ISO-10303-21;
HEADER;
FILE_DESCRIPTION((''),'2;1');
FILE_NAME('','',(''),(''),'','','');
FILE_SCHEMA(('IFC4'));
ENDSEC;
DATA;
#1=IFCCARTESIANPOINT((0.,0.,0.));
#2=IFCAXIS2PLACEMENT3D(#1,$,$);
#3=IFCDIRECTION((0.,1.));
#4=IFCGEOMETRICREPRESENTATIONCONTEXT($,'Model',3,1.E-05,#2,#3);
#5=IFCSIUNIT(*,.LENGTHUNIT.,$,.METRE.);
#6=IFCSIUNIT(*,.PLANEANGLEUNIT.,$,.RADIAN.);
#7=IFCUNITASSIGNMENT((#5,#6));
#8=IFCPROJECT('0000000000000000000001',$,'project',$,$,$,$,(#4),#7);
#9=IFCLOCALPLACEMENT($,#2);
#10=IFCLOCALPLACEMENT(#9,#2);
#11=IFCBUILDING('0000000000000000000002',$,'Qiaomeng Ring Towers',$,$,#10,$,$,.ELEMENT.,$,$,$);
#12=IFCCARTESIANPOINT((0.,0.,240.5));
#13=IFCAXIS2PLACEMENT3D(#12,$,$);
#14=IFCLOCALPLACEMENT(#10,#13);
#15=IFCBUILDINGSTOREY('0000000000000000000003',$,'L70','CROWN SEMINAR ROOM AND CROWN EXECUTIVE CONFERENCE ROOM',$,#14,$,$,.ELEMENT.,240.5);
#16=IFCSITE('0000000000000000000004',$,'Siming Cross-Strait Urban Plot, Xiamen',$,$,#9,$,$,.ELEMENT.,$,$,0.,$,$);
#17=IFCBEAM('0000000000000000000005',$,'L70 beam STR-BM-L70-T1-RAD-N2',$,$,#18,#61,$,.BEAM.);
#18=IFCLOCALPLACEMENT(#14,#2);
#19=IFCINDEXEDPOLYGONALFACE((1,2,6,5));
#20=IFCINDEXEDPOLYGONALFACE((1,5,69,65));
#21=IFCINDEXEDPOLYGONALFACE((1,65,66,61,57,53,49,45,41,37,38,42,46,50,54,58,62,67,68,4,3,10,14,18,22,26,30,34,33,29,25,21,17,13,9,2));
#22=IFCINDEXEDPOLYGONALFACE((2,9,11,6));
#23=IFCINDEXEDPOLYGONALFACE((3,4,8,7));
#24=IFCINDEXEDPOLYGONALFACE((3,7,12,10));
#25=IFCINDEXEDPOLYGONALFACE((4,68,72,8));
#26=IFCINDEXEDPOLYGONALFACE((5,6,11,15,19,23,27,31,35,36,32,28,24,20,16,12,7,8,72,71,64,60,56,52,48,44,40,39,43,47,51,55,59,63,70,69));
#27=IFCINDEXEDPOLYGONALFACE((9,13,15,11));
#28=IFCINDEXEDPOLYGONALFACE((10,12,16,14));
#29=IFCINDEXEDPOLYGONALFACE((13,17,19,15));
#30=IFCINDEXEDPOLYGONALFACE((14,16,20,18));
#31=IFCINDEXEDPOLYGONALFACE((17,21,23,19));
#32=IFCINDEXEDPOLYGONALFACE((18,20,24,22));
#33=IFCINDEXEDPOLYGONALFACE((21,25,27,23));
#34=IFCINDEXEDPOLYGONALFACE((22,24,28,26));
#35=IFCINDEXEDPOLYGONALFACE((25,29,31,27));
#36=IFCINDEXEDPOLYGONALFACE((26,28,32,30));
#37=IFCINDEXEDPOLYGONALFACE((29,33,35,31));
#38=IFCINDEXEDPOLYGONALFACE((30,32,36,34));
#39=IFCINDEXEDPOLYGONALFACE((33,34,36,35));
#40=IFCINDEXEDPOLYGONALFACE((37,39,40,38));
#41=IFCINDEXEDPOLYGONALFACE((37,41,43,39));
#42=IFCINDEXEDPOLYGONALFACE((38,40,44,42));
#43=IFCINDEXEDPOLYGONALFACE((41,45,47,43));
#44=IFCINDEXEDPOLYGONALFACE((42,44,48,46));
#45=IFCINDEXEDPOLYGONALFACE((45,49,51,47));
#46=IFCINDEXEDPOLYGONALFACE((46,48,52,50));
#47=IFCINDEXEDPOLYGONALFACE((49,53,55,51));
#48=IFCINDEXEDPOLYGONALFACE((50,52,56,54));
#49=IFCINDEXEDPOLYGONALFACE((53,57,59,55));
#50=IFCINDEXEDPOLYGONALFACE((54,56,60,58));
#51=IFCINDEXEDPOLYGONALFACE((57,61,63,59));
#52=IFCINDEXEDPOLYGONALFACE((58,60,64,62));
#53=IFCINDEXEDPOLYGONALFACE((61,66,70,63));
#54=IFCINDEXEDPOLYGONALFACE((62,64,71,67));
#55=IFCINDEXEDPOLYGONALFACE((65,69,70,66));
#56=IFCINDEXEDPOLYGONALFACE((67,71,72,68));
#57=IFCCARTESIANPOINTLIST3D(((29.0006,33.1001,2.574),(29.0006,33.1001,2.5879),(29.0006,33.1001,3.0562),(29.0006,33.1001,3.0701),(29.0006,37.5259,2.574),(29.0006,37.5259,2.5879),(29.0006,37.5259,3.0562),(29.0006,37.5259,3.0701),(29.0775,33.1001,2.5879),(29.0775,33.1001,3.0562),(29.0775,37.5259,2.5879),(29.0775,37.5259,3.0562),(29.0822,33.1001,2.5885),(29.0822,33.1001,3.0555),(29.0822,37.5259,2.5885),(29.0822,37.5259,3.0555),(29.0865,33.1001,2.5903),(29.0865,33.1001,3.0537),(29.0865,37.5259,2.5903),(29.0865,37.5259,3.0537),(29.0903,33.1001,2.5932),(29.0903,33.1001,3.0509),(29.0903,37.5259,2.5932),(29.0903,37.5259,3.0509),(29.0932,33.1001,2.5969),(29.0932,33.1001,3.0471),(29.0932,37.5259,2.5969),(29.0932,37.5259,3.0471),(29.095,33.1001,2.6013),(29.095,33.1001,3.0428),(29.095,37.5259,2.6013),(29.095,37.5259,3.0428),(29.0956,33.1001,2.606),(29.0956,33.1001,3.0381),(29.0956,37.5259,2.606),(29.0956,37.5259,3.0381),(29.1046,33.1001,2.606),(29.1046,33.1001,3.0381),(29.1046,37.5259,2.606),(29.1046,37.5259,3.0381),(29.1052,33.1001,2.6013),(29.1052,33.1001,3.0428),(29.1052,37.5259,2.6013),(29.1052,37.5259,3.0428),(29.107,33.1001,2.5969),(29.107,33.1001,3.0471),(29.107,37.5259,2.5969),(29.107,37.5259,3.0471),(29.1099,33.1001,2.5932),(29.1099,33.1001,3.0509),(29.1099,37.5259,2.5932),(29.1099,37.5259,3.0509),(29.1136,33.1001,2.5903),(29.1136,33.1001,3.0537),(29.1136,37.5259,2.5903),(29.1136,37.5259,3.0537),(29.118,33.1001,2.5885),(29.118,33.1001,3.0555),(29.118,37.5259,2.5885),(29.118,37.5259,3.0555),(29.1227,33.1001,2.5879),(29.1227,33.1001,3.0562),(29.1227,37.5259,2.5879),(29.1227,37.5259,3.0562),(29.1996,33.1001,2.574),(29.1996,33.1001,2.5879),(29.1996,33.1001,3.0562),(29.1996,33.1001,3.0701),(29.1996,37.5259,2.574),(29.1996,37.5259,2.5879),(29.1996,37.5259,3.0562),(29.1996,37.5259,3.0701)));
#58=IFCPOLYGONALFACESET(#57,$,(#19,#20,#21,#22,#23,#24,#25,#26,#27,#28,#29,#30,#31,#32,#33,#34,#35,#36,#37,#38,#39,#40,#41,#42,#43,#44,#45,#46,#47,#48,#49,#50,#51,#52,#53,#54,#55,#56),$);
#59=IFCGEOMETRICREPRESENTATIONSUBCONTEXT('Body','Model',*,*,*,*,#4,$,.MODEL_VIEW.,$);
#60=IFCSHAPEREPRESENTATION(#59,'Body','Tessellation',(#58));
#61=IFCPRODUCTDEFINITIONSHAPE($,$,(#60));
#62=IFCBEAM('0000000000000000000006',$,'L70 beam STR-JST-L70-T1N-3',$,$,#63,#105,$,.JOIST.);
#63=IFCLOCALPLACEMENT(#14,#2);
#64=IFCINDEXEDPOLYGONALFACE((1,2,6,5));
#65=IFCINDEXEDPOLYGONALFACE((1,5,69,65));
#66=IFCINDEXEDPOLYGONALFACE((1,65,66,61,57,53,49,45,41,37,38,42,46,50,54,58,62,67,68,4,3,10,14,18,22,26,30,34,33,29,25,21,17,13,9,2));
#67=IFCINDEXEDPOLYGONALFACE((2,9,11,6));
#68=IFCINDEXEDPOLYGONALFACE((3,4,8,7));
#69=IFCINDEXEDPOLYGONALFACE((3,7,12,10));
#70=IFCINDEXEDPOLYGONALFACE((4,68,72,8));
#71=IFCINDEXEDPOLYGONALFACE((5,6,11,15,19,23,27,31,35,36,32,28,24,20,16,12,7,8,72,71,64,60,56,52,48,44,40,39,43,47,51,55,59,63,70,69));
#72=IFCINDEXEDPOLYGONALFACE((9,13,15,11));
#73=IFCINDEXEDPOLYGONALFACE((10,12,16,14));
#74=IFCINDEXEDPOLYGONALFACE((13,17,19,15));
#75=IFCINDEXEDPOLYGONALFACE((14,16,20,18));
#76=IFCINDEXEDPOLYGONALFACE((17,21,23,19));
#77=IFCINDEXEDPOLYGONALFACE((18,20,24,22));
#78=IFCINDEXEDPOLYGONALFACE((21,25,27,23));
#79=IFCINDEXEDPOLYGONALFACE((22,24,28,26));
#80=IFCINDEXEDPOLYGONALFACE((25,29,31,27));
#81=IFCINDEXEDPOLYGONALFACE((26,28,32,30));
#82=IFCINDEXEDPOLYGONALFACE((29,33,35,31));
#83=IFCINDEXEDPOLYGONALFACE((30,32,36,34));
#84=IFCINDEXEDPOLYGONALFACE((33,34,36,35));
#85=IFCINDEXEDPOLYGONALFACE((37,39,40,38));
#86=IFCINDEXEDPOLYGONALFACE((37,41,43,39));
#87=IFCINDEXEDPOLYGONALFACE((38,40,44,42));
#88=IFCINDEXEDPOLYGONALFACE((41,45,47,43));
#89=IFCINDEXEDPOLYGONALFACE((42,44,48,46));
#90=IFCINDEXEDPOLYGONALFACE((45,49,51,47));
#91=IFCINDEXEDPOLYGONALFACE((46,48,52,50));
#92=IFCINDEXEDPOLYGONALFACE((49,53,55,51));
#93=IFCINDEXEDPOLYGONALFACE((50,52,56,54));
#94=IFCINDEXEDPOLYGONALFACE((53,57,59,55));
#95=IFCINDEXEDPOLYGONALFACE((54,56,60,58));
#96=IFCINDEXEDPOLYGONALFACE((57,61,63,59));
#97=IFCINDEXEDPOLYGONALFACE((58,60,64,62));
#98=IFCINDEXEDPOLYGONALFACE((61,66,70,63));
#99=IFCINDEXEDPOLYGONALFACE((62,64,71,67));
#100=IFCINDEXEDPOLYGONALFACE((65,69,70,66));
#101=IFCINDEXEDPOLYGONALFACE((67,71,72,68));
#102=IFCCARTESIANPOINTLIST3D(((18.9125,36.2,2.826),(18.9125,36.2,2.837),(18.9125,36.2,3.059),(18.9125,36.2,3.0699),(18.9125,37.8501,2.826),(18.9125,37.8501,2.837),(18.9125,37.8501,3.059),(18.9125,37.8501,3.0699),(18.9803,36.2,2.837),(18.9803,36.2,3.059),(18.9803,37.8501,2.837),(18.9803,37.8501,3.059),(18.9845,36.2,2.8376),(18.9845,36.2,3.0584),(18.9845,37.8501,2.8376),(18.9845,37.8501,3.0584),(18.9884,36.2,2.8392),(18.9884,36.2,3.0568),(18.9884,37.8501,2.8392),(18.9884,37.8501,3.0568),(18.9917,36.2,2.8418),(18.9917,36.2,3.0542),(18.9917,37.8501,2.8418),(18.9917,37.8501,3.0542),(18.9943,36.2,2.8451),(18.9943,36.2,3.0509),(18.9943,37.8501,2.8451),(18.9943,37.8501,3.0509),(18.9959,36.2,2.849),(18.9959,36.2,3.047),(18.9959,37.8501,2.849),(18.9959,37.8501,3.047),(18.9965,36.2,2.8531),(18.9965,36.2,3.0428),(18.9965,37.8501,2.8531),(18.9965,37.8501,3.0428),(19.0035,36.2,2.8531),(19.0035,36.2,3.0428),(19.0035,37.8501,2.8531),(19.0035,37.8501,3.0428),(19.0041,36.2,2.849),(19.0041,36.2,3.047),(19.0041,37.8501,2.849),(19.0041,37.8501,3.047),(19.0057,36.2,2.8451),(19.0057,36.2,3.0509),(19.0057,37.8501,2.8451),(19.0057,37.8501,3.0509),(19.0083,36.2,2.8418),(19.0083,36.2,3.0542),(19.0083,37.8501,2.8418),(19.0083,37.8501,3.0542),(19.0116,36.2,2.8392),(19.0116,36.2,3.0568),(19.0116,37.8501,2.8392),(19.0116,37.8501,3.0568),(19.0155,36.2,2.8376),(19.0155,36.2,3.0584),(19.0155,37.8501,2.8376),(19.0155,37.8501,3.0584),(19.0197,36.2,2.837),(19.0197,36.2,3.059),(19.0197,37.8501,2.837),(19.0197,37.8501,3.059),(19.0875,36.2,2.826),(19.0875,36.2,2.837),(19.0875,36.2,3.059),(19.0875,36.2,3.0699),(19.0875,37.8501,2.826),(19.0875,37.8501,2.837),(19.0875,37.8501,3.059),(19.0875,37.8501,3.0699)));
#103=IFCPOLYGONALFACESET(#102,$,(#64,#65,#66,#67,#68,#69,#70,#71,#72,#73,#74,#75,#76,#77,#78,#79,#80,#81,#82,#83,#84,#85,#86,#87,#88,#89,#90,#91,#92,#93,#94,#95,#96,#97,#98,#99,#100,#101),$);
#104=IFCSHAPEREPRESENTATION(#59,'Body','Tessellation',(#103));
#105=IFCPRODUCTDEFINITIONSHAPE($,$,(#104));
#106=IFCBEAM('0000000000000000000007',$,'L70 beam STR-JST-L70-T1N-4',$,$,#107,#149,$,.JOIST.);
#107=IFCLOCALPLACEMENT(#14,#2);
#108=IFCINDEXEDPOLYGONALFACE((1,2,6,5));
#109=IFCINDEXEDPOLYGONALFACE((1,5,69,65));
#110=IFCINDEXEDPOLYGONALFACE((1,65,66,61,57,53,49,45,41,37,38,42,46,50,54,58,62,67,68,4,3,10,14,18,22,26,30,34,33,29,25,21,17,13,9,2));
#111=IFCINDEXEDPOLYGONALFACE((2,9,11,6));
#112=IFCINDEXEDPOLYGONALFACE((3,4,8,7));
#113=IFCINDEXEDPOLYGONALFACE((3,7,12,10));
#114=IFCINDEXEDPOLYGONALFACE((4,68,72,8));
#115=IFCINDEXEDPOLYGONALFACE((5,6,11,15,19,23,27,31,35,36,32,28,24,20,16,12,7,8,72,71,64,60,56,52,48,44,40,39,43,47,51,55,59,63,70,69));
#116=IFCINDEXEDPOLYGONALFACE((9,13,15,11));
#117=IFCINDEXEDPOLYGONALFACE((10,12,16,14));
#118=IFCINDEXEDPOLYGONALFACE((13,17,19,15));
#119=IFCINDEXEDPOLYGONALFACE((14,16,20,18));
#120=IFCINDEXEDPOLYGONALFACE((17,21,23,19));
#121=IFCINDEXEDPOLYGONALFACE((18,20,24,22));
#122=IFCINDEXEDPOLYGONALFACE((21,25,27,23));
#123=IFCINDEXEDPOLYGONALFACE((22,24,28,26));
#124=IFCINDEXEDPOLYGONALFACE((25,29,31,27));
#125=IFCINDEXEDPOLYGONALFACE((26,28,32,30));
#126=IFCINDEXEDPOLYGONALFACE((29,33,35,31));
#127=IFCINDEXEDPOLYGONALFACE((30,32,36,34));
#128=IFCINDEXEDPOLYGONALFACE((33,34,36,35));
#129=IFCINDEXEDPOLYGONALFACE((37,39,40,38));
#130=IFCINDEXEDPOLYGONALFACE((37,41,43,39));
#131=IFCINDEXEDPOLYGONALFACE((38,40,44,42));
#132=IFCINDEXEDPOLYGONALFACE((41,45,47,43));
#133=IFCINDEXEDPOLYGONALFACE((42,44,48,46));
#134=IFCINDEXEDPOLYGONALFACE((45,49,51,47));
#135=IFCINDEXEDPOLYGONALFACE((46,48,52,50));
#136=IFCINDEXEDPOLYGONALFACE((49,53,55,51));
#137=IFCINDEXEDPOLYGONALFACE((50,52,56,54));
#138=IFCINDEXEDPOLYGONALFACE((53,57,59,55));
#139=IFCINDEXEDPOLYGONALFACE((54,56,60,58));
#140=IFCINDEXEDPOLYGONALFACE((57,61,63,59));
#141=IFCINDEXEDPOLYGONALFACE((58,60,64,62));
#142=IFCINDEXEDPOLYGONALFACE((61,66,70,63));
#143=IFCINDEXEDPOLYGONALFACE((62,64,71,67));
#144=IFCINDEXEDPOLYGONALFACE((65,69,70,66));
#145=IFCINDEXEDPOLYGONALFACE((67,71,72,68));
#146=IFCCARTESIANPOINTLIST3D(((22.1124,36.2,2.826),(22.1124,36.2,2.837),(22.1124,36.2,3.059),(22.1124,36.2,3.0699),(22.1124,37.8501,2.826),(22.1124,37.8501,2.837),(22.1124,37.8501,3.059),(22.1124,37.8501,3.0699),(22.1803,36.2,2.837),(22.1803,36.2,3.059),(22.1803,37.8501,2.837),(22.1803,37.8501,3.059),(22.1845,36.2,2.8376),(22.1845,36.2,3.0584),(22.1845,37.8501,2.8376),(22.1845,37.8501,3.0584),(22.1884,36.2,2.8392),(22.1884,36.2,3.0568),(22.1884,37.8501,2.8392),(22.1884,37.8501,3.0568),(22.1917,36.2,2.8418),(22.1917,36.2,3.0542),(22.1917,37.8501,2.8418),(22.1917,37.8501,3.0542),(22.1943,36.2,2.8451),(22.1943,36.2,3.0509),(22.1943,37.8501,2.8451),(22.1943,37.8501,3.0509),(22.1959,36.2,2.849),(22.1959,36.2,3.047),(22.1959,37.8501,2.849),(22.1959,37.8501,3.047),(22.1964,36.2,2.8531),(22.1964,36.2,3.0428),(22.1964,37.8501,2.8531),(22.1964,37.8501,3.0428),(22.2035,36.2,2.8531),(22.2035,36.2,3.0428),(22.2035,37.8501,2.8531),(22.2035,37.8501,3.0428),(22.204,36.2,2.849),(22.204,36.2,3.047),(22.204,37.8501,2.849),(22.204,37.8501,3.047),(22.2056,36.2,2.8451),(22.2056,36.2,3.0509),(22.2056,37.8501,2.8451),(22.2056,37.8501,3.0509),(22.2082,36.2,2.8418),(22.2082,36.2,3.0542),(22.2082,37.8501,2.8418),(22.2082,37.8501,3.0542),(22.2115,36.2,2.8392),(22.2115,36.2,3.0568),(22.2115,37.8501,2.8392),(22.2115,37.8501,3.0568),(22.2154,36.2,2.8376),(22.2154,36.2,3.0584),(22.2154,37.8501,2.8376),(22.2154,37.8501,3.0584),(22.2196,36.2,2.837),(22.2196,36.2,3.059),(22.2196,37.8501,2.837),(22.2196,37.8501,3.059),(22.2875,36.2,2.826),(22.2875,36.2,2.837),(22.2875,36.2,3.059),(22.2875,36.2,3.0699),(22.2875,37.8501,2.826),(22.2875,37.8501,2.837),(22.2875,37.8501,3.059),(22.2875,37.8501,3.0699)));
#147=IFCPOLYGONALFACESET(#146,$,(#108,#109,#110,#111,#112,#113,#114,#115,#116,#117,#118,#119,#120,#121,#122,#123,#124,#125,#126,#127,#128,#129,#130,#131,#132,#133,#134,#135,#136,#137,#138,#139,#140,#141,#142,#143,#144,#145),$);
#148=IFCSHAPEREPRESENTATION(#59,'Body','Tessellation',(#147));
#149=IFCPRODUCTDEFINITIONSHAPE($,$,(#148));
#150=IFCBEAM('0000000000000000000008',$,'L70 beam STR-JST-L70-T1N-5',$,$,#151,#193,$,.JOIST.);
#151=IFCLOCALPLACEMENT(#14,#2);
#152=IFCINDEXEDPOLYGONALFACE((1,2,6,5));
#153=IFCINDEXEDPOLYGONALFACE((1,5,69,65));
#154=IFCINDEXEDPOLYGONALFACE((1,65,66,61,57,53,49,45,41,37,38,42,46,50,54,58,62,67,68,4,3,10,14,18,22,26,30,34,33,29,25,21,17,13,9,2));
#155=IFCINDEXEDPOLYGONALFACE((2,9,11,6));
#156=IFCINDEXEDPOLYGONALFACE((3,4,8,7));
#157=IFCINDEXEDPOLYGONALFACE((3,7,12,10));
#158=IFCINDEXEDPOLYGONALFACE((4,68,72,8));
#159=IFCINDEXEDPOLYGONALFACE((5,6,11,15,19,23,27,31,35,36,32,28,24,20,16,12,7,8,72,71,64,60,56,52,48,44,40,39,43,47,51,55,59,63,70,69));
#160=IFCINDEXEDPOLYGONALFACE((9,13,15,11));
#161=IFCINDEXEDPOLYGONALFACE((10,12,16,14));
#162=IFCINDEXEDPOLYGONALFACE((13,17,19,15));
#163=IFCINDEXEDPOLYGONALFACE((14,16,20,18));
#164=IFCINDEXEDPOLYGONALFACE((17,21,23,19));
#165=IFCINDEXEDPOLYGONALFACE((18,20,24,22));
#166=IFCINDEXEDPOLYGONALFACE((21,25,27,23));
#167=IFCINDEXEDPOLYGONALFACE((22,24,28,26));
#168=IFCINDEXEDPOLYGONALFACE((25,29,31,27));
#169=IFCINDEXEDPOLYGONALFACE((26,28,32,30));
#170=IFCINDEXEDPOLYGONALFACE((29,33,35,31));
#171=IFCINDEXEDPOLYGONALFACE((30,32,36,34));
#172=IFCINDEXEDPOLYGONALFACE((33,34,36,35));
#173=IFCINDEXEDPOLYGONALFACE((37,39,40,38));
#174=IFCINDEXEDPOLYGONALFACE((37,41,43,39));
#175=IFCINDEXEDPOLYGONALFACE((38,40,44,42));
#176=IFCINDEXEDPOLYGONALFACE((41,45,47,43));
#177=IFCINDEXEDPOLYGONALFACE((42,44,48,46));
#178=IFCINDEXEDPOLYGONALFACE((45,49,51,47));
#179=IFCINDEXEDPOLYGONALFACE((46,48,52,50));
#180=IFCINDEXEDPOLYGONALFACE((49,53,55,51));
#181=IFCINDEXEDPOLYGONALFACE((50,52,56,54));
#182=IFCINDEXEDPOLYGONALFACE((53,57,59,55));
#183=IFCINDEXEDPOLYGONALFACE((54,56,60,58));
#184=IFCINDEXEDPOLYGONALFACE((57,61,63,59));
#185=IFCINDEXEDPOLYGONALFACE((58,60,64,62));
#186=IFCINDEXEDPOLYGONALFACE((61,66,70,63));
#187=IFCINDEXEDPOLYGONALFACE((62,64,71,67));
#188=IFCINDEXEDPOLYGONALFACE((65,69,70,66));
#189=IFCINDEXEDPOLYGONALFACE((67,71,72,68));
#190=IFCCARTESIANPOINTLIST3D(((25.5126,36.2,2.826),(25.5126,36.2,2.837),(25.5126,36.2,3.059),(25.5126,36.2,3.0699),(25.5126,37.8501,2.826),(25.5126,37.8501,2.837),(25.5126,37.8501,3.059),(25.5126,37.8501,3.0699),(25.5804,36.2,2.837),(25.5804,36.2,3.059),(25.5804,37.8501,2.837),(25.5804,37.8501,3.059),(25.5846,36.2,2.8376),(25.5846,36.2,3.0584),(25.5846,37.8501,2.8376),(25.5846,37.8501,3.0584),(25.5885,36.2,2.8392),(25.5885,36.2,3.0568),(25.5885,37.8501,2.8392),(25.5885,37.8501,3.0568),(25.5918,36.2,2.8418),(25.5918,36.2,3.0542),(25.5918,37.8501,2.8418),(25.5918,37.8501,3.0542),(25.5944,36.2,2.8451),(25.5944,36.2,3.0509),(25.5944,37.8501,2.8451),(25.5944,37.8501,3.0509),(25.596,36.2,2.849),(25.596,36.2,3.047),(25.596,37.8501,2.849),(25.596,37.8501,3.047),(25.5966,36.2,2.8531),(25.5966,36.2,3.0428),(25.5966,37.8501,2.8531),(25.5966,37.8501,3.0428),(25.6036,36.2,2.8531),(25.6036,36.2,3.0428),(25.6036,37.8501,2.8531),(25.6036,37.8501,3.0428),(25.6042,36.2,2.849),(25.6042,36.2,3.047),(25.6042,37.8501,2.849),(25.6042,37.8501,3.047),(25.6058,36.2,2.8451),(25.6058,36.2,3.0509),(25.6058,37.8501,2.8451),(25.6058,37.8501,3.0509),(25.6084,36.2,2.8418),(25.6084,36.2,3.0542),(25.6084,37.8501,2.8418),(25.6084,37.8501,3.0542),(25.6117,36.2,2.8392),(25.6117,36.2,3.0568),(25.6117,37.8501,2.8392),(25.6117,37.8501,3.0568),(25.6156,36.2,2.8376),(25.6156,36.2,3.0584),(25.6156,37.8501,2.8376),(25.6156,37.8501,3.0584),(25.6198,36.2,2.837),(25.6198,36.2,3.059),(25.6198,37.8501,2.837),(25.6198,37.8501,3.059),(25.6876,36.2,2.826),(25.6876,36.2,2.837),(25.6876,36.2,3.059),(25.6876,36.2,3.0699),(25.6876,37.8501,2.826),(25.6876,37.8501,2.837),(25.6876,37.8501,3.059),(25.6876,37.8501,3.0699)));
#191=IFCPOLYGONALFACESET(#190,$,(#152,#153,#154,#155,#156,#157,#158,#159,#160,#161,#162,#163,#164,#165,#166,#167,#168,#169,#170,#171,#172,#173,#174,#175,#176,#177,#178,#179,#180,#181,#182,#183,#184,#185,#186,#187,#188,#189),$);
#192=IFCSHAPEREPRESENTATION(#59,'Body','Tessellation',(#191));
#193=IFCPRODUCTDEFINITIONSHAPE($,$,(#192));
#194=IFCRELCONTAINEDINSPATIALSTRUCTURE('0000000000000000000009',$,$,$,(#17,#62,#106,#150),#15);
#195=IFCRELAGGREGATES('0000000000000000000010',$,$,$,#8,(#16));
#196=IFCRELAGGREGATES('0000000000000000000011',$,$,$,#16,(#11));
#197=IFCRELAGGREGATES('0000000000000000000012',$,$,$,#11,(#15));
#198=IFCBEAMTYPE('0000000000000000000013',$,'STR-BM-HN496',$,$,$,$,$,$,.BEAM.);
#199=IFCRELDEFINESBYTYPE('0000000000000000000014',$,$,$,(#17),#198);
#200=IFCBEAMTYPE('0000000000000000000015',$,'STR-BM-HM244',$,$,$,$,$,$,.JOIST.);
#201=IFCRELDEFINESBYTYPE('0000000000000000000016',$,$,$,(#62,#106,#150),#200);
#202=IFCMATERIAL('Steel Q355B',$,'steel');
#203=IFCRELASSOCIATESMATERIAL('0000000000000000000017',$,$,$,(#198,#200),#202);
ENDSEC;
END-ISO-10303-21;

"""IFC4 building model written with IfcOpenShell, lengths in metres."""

from ifc_helpers import new_model, si_unit, direction, frame, origin, origin_2d, place, context, subcontext, project, spatial, i_section, extrude, source, transform, mapped, material, material_profile, profile_set, type_object, element, save


model = new_model("IFC4")

# Units and contexts
model_context = context("Model", 3, precision=1e-05, world=origin(), true_north=direction((0.0, 1.0)))
body_context = subcontext(model_context, "Body", "Model", "MODEL_VIEW")
ifc_project = project(units=[si_unit("LENGTHUNIT", "METRE"), si_unit("PLANEANGLEUNIT", "RADIAN")], contexts=[model_context])

# Site, building, storey
site_placement = place(None, origin())
site = spatial("IfcSite", under=ifc_project, at=site_placement, Name="Siming Cross-Strait Urban Plot, Xiamen", CompositionType="ELEMENT", RefElevation=0.0)
building_placement = place(site_placement, origin())
building = spatial("IfcBuilding", under=site, at=building_placement, Name="Qiaomeng Ring Towers", CompositionType="ELEMENT")
storey_placement = place(building_placement, frame((0.0, 0.0, 240.5)))
storey = spatial("IfcBuildingStorey", under=building, at=storey_placement, Name="L70", Description="CROWN SEMINAR ROOM AND CROWN EXECUTIVE CONFERENCE ROOM", CompositionType="ELEMENT", Elevation=240.5)

# Beams
ifc_material_1 = material(Name="Steel Q355B", Category="steel")
ifc_material_profile_1 = material_profile(ifc_material_1, i_section(OverallWidth=0.199, OverallDepth=0.4961, WebThickness=0.009, FlangeThickness=0.0139, FilletRadius=0.0181, at=origin_2d()), Name="HN 496x199x9x14")
ifc_profile_set_1 = profile_set([ifc_material_profile_1], Name="Steel Q355B")
beam_type_1 = type_object("IfcBeamType", Name="STR-BM-HN496", PredefinedType="BEAM", material=ifc_profile_set_1)
shared_shape_1 = source(origin(), body_context, "Body", "SweptSolid", [
    extrude(i_section(OverallWidth=0.199, OverallDepth=0.4961, WebThickness=0.009, FlangeThickness=0.0139, FilletRadius=0.0181, at=origin_2d()), origin(), (0.0, 0.0, 1.0), 4.4258),
])
beam_1_placement = place(storey_placement, frame((29.1001, 37.5259, 2.822), z_axis=(0.0, -1.0, 0.0), x_axis=(1.0, 0.0, 0.0)))
element("IfcBeam", 1, at=beam_1_placement, inside=storey, type_object=beam_type_1, Name="L70 beam STR-BM-L70-T1-RAD-N2", PredefinedType="BEAM", context=body_context, shape_type="MappedRepresentation", body=[
    mapped(shared_shape_1, transform((0.0, 0.0, 0.0), x_axis=(1.0, 0.0, 0.0), y_axis=(0.0, 1.0, 0.0), z_axis=(0.0, 0.0, 1.0), scale=1.0)),
])
ifc_material_profile_2 = material_profile(ifc_material_1, i_section(OverallWidth=0.175, OverallDepth=0.2439, WebThickness=0.0071, FlangeThickness=0.011, FilletRadius=0.0161, at=origin_2d()), Name="HM 244x175x7x11")
ifc_profile_set_2 = profile_set([ifc_material_profile_2], Name="Steel Q355B")
beam_type_2 = type_object("IfcBeamType", Name="STR-BM-HM244", PredefinedType="JOIST", material=ifc_profile_set_2)
shared_shape_2 = source(origin(), body_context, "Body", "SweptSolid", [
    extrude(i_section(OverallWidth=0.175, OverallDepth=0.2439, WebThickness=0.0071, FlangeThickness=0.011, FilletRadius=0.0161, at=origin_2d()), origin(), (0.0, 0.0, 1.0), 1.6501),
])
for number, where, z_axis, x_axis, name in (
    (2, (19.0, 36.2, 2.948), (0.0, 1.0, 0.0), (-1.0, 0.0, 0.0), "L70 beam STR-JST-L70-T1N-3"),
    (3, (22.2, 36.2, 2.948), (0.0, 1.0, 0.0), (-1.0, 0.0, 0.0), "L70 beam STR-JST-L70-T1N-4"),
    (4, (25.6001, 36.2, 2.948), (0.0, 1.0, 0.0), (-1.0, 0.0, 0.0), "L70 beam STR-JST-L70-T1N-5"),
):
    element("IfcBeam", number, at=place(storey_placement, frame(where, z_axis=z_axis, x_axis=x_axis)), inside=storey, type_object=beam_type_2, Name=name, PredefinedType="JOIST", context=body_context, shape_type="MappedRepresentation", body=[
        mapped(shared_shape_2, transform((0.0, 0.0, 0.0), x_axis=(1.0, 0.0, 0.0), y_axis=(0.0, 1.0, 0.0), z_axis=(0.0, 0.0, 1.0), scale=1.0)),
    ])

save(model, "model.ifc")
